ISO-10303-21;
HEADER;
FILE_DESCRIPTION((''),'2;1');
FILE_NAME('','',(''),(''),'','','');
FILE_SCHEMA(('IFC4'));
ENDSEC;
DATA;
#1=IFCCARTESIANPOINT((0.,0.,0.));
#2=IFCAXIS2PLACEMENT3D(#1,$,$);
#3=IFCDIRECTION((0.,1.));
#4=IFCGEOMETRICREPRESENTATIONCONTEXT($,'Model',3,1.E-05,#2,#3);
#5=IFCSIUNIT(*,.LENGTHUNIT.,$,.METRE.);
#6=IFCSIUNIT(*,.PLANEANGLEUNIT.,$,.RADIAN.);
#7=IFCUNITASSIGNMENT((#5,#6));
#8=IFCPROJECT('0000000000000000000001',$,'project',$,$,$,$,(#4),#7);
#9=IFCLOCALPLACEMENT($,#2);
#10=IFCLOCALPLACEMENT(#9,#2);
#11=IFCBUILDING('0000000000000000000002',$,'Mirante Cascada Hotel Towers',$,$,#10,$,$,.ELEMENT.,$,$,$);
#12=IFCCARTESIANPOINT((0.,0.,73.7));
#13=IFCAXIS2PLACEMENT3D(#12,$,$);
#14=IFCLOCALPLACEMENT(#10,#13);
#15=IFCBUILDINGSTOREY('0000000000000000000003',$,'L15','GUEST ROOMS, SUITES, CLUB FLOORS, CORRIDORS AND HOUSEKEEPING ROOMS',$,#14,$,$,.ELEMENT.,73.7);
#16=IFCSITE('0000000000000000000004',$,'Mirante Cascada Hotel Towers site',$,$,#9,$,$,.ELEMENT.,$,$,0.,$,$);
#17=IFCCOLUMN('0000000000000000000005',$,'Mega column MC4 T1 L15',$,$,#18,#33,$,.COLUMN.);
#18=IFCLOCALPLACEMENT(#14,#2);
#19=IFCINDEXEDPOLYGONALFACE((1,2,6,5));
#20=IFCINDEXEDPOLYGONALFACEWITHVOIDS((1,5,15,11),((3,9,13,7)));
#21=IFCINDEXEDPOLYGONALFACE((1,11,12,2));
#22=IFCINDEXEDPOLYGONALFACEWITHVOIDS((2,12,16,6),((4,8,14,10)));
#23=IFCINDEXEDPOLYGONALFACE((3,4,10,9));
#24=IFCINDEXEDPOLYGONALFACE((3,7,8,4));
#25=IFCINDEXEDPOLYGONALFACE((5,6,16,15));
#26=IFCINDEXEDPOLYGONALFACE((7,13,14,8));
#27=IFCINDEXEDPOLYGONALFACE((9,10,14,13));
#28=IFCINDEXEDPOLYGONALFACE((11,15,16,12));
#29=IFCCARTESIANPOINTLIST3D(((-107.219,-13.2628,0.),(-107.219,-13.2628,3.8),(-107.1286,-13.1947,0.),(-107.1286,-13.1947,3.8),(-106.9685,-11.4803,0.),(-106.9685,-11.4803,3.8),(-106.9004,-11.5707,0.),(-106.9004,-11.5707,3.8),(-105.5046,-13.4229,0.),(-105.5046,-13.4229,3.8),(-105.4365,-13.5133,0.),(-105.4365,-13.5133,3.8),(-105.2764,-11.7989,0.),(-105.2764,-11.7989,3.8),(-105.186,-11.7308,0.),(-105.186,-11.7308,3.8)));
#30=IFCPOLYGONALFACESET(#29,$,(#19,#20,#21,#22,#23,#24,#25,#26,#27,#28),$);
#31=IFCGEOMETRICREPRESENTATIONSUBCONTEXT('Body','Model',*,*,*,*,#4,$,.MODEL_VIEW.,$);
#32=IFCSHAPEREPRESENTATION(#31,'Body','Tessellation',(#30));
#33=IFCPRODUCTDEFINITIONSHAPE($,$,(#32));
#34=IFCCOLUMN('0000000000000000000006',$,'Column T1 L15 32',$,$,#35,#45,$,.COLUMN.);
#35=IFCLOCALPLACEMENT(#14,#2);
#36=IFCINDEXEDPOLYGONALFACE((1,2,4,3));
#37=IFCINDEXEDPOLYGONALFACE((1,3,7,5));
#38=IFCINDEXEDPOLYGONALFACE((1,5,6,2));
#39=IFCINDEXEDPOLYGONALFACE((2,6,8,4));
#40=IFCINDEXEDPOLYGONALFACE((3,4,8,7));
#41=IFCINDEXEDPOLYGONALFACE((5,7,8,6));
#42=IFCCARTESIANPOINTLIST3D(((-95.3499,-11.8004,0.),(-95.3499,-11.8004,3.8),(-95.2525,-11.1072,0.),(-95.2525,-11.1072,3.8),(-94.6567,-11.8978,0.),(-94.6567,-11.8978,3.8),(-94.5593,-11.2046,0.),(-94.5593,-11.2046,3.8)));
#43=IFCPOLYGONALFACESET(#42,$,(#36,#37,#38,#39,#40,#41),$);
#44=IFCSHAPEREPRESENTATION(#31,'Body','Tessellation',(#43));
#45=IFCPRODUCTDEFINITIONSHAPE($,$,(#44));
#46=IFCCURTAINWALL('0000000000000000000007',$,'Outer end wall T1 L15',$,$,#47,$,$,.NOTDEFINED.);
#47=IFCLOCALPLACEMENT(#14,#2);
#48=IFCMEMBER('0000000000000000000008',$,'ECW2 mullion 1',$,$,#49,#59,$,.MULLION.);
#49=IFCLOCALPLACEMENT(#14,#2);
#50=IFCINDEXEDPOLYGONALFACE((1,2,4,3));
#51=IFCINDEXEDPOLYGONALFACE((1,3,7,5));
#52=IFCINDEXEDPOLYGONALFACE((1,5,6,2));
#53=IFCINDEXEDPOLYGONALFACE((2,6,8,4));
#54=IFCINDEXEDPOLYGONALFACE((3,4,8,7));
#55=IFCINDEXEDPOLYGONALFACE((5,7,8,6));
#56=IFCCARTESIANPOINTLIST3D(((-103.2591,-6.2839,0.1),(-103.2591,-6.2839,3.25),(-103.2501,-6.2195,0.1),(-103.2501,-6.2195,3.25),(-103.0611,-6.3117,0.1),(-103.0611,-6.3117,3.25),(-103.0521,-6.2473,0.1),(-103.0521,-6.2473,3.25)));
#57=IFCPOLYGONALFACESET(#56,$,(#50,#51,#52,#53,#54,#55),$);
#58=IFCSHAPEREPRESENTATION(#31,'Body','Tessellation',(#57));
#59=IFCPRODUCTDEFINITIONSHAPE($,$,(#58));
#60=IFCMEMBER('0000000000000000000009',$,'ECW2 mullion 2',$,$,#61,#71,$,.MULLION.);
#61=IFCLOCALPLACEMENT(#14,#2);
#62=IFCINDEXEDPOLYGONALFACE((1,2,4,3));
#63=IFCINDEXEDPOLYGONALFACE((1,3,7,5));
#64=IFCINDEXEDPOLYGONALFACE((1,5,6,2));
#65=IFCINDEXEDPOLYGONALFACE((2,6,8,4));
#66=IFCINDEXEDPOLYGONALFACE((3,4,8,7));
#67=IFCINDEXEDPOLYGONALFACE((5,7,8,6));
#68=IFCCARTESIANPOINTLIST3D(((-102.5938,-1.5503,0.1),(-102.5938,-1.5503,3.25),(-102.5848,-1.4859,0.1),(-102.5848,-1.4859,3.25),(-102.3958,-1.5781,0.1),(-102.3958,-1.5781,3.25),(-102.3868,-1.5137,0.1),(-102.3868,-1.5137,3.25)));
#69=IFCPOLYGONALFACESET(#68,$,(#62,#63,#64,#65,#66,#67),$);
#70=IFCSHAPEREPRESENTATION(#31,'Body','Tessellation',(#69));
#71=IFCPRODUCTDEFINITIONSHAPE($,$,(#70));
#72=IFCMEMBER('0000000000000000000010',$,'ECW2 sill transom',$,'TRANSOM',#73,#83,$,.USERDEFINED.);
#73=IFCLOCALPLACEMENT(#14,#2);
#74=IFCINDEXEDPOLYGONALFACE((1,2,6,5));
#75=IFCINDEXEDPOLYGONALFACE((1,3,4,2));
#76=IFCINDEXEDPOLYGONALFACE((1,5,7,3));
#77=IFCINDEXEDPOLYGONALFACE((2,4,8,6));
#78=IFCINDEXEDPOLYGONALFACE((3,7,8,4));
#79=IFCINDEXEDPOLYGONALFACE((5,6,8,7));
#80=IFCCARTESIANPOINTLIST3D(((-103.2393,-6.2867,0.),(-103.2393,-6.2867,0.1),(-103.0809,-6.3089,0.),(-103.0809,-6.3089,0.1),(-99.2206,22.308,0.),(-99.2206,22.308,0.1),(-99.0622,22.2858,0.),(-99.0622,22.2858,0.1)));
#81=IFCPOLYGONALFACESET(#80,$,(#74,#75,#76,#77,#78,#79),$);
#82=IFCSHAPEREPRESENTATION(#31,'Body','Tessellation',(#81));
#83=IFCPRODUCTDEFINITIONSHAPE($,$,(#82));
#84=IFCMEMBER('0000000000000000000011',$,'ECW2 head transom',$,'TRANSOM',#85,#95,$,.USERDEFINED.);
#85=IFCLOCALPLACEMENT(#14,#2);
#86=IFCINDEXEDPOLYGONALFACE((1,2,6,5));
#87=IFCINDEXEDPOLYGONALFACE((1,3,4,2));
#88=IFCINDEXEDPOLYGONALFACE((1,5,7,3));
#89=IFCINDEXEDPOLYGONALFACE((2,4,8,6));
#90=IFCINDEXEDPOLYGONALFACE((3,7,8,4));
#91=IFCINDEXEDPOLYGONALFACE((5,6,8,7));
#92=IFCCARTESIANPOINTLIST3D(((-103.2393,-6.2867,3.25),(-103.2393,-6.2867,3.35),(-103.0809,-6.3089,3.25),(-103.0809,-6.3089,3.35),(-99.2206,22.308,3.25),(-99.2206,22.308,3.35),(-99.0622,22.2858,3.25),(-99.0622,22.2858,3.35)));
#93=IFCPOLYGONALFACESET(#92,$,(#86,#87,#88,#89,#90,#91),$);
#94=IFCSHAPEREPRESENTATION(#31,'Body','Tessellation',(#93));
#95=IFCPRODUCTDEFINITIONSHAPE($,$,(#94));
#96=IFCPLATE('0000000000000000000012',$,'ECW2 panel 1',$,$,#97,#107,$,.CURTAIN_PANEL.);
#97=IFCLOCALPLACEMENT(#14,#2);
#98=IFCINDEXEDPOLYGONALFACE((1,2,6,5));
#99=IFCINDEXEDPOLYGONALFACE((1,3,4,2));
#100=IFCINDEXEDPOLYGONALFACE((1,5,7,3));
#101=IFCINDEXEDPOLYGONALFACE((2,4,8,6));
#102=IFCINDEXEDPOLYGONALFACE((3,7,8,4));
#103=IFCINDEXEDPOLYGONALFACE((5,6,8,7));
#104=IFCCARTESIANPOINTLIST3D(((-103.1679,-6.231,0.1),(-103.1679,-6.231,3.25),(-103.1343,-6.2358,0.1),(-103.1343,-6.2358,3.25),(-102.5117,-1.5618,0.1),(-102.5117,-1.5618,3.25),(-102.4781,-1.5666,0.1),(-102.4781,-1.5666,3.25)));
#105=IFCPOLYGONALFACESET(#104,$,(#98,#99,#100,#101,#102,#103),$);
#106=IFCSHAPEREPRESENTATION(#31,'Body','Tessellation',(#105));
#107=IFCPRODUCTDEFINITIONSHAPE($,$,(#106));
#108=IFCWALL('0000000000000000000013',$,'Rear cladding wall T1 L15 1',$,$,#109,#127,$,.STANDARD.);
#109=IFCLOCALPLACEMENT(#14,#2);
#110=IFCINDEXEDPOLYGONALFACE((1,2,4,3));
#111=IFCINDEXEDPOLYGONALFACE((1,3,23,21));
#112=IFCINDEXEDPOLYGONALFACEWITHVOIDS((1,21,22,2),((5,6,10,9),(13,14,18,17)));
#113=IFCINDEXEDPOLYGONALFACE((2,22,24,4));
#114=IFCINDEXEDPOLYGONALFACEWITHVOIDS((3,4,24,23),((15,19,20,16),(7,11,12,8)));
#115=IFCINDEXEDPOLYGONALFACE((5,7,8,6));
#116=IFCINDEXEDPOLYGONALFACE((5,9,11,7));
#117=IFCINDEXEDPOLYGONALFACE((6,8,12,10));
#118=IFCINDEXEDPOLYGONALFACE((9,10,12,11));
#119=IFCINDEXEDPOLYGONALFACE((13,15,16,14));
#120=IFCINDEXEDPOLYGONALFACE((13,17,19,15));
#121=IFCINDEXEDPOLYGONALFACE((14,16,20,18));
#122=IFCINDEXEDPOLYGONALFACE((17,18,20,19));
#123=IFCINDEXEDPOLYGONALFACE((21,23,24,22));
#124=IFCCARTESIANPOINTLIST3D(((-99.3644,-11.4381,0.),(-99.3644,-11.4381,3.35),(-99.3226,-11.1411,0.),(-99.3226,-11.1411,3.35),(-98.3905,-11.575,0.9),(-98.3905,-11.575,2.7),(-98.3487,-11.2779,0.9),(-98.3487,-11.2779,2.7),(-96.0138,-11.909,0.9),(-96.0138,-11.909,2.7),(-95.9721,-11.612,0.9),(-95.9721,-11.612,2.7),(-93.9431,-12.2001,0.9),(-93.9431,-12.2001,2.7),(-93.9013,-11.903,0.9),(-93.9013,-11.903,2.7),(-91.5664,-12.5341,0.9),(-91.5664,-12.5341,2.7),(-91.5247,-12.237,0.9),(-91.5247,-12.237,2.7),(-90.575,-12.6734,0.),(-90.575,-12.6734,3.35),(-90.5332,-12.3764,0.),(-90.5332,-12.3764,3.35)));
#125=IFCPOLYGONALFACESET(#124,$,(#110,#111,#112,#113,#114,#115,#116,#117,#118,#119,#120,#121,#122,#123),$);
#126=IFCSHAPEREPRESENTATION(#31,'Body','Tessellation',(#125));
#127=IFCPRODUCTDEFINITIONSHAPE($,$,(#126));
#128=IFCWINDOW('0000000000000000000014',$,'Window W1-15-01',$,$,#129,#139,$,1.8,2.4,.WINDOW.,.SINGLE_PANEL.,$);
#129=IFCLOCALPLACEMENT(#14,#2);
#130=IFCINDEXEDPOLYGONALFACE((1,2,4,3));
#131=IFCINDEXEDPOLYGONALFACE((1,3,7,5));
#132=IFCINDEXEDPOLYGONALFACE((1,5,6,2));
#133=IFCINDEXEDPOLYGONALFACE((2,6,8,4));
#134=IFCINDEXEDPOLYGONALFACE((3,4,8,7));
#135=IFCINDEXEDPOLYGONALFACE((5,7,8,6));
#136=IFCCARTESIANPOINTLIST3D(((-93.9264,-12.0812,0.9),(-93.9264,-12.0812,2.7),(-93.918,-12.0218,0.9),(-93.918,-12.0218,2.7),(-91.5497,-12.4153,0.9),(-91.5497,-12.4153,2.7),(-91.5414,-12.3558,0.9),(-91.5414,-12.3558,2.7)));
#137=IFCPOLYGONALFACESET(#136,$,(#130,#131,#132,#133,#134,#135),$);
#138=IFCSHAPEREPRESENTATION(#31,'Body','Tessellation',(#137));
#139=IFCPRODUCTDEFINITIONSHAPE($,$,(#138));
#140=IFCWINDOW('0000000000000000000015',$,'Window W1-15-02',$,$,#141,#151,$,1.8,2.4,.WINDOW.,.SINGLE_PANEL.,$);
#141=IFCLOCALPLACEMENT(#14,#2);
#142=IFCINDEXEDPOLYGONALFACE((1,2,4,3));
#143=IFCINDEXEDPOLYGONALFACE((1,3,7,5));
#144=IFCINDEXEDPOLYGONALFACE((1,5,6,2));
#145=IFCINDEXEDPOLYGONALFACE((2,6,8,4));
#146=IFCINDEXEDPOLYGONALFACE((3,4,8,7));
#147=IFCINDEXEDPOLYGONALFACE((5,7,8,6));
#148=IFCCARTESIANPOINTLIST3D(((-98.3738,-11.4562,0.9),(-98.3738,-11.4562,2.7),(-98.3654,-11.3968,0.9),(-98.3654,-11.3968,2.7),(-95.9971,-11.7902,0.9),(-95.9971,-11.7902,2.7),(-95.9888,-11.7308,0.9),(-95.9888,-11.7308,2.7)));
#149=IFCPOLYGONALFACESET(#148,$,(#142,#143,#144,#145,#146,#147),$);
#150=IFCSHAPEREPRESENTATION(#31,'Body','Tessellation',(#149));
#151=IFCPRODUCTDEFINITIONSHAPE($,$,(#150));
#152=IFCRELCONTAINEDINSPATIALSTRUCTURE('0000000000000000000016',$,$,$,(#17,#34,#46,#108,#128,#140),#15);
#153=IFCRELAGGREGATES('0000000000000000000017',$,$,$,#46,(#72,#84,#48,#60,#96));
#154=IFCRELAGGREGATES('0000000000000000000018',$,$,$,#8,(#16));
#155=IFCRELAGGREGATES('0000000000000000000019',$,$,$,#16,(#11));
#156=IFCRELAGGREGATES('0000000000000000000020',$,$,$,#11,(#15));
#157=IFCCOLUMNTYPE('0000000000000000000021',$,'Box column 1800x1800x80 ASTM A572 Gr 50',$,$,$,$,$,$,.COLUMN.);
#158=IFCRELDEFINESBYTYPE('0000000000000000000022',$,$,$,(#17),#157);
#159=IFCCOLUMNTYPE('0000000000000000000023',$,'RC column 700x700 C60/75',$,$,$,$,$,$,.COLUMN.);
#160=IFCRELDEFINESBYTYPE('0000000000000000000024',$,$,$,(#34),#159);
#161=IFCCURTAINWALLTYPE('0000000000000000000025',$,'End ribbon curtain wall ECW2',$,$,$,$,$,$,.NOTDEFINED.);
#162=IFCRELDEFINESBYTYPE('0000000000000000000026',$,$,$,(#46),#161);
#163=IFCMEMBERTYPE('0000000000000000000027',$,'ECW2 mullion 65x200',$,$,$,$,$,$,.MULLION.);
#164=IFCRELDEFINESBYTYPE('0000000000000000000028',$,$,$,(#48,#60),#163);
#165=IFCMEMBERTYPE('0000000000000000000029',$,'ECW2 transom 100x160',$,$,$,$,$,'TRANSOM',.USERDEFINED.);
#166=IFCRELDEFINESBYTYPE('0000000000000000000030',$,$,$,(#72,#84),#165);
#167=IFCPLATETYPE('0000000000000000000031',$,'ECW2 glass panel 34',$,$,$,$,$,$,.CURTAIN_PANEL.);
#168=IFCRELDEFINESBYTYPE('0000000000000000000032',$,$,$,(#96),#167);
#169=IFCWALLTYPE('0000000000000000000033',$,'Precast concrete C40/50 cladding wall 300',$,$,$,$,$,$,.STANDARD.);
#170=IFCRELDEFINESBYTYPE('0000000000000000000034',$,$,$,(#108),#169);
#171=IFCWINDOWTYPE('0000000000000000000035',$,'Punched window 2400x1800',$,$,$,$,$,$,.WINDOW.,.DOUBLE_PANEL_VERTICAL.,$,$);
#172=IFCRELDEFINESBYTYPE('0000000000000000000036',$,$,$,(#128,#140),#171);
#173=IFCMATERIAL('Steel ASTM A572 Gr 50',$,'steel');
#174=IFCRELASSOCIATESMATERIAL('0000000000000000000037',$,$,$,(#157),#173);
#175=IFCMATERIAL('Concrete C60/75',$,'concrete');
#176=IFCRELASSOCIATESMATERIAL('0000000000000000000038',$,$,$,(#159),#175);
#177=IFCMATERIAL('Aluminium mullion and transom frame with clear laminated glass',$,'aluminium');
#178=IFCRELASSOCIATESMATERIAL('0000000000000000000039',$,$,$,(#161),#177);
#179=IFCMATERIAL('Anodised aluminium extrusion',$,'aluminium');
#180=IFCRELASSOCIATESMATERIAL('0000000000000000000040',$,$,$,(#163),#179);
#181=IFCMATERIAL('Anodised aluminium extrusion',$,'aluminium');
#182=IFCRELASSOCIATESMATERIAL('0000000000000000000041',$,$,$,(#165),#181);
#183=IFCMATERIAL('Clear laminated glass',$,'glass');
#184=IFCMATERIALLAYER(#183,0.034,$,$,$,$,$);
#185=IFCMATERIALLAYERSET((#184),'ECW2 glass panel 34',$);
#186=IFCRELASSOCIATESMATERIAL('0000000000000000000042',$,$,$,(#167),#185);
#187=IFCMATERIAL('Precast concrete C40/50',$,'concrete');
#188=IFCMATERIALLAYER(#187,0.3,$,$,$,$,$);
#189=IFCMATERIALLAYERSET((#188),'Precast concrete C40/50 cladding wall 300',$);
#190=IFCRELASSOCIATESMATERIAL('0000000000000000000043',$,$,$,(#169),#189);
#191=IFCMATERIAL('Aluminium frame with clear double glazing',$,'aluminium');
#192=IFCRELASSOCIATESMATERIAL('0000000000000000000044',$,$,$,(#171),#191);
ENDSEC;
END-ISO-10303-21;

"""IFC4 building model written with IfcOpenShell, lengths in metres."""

from ifc_helpers import new_model, si_unit, direction, frame, frame_2d, origin, origin_2d, place, context, subcontext, project, spatial, rectangle, hollow_rectangle, extrude, material, layer, layer_set, material_profile, profile_set, type_object, element, fill, aggregate, save


model = new_model("IFC4")

# Units and contexts
model_context = context("Model", 3, precision=1e-05, world=origin(), true_north=direction((0.0, 1.0)))
body_context = subcontext(model_context, "Body", "Model", "MODEL_VIEW")
ifc_project = project(units=[si_unit("LENGTHUNIT", "METRE"), si_unit("PLANEANGLEUNIT", "RADIAN")], contexts=[model_context])

# Site, building, storey
site_placement = place(None, origin())
site = spatial("IfcSite", under=ifc_project, at=site_placement, Name="Mirante Cascada Hotel Towers site", CompositionType="ELEMENT", RefElevation=0.0)
building_placement = place(site_placement, origin())
building = spatial("IfcBuilding", under=site, at=building_placement, Name="Mirante Cascada Hotel Towers", CompositionType="ELEMENT")
storey_placement = place(building_placement, frame((0.0, 0.0, 73.7)))
storey = spatial("IfcBuildingStorey", under=building, at=storey_placement, Name="L15", Description="GUEST ROOMS, SUITES, CLUB FLOORS, CORRIDORS AND HOUSEKEEPING ROOMS", CompositionType="ELEMENT", Elevation=73.7)

# Columns
ifc_material_1 = material(Name="Steel ASTM A572 Gr 50", Category="steel")
ifc_material_profile_1 = material_profile(ifc_material_1, hollow_rectangle(XDim=1.8, YDim=1.8, WallThickness=0.08, at=origin_2d()), Name="Box column 1800x1800x80 ASTM A572 Gr 50")
ifc_profile_set_1 = profile_set([ifc_material_profile_1], Name="Steel ASTM A572 Gr 50")
column_type_1 = type_object("IfcColumnType", Name="Box column 1800x1800x80 ASTM A572 Gr 50", PredefinedType="COLUMN", material=ifc_profile_set_1)
column_1_placement = place(storey_placement, frame((-106.2025, -12.4968, 0.0), z_axis=(0.0, 0.0, 1.0), x_axis=(-0.990268, 0.139173, 0.0)))
element("IfcColumn", 1, at=column_1_placement, inside=storey, type_object=column_type_1, Name="Mega column MC4 T1 L15", PredefinedType="COLUMN", context=body_context, shape_type="SweptSolid", body=[
    extrude(hollow_rectangle(XDim=1.8, YDim=1.8, WallThickness=0.08, at=origin_2d()), origin(), (0.0, 0.0, 1.0), 3.8),
])
ifc_material_2 = material(Name="Concrete C60/75", Category="concrete")
ifc_material_profile_2 = material_profile(ifc_material_2, rectangle(XDim=0.7, YDim=0.7, at=origin_2d()), Name="RC column 700x700 C60/75")
ifc_profile_set_2 = profile_set([ifc_material_profile_2], Name="Concrete C60/75")
column_type_2 = type_object("IfcColumnType", Name="RC column 700x700 C60/75", PredefinedType="COLUMN", material=ifc_profile_set_2)
column_2_placement = place(storey_placement, frame((-94.9546, -11.5025, 0.0), z_axis=(0.0, 0.0, 1.0), x_axis=(-0.990268, 0.139173, 0.0)))
element("IfcColumn", 2, at=column_2_placement, inside=storey, type_object=column_type_2, Name="Column T1 L15 32", PredefinedType="COLUMN", context=body_context, shape_type="SweptSolid", body=[
    extrude(rectangle(XDim=0.7, YDim=0.7, at=origin_2d()), origin(), (0.0, 0.0, 1.0), 3.8),
])

# Curtain wall, members, plate
ifc_material_3 = material(Name="Aluminium mullion and transom frame with clear laminated glass", Category="aluminium")
curtain_wall_type = type_object("IfcCurtainWallType", Name="End ribbon curtain wall ECW2", PredefinedType="NOTDEFINED", material=ifc_material_3)
curtain_wall_placement = place(storey_placement, origin())
curtain_wall = element("IfcCurtainWall", 3, at=curtain_wall_placement, inside=storey, type_object=curtain_wall_type, Name="Outer end wall T1 L15", PredefinedType="NOTDEFINED")
ifc_material_4 = material(Name="Anodised aluminium extrusion", Category="aluminium")
ifc_material_profile_3 = material_profile(ifc_material_4, rectangle(XDim=0.2, YDim=0.065, at=origin_2d()), Name="ECW2 MULLION 65x200")
ifc_profile_set_3 = profile_set([ifc_material_profile_3], Name="Anodised aluminium extrusion")
member_type_1 = type_object("IfcMemberType", Name="ECW2 mullion 65x200", PredefinedType="MULLION", material=ifc_profile_set_3)
member_1_placement = place(storey_placement, frame((-103.1556, -6.2656, 0.1), z_axis=(0.0, 0.0, 1.0), x_axis=(-0.990268, 0.139173, 0.0)))
member_1 = element("IfcMember", 4, at=member_1_placement, type_object=member_type_1, Name="ECW2 mullion 1", PredefinedType="MULLION", context=body_context, shape_type="SweptSolid", body=[
    extrude(rectangle(XDim=0.2, YDim=0.065, at=origin_2d()), origin(), (0.0, 0.0, 1.0), 3.15),
])
member_2_placement = place(storey_placement, frame((-102.4903, -1.532, 0.1), z_axis=(0.0, 0.0, 1.0), x_axis=(-0.990268, 0.139173, 0.0)))
member_2 = element("IfcMember", 5, at=member_2_placement, type_object=member_type_1, Name="ECW2 mullion 2", PredefinedType="MULLION", context=body_context, shape_type="SweptSolid", body=[
    extrude(rectangle(XDim=0.2, YDim=0.065, at=origin_2d()), origin(), (0.0, 0.0, 1.0), 3.15),
])
ifc_material_5 = material(Name="Anodised aluminium extrusion", Category="aluminium")
ifc_material_profile_4 = material_profile(ifc_material_5, rectangle(XDim=0.16, YDim=0.1, at=origin_2d()), Name="ECW2 TRANSOM 100x160")
ifc_profile_set_4 = profile_set([ifc_material_profile_4], Name="Anodised aluminium extrusion")
member_type_2 = type_object("IfcMemberType", Name="ECW2 transom 100x160", ElementType="TRANSOM", PredefinedType="USERDEFINED", material=ifc_profile_set_4)
member_3_placement = place(storey_placement, frame((-103.1601, -6.2978, 0.05), z_axis=(0.139172, 0.990268, 0.0), x_axis=(-0.990268, 0.139172, 0.0)))
member_3 = element("IfcMember", 6, at=member_3_placement, type_object=member_type_2, Name="ECW2 sill transom", ObjectType="TRANSOM", PredefinedType="USERDEFINED", context=body_context, shape_type="SweptSolid", body=[
    extrude(rectangle(XDim=0.16, YDim=0.1, at=origin_2d()), origin(), (0.0, 0.0, 1.0), 28.8757),
])
member_4_placement = place(storey_placement, frame((-103.1601, -6.2978, 3.3), z_axis=(0.139172, 0.990268, 0.0), x_axis=(-0.990268, 0.139172, 0.0)))
member_4 = element("IfcMember", 7, at=member_4_placement, type_object=member_type_2, Name="ECW2 head transom", ObjectType="TRANSOM", PredefinedType="USERDEFINED", context=body_context, shape_type="SweptSolid", body=[
    extrude(rectangle(XDim=0.16, YDim=0.1, at=origin_2d()), origin(), (0.0, 0.0, 1.0), 28.8757),
])
ifc_material_6 = material(Name="Clear laminated glass", Category="glass")
ifc_layer_1 = layer(ifc_material_6, 0.034)
ifc_layer_set_1 = layer_set([ifc_layer_1], Name="ECW2 glass panel 34")
plate_type = type_object("IfcPlateType", Name="ECW2 glass panel 34", PredefinedType="CURTAIN_PANEL", material=ifc_layer_set_1)
plate_placement = place(storey_placement, frame((-102.823, -3.8988, 0.1), z_axis=(0.0, 0.0, 1.0), x_axis=(0.139173, 0.990268, 0.0)))
plate = element("IfcPlate", 8, at=plate_placement, type_object=plate_type, Name="ECW2 panel 1", PredefinedType="CURTAIN_PANEL", context=body_context, shape_type="SweptSolid", body=[
    extrude(rectangle(XDim=4.7151, YDim=0.034, at=origin_2d()), origin(), (0.0, 0.0, 1.0), 3.15),
])
aggregate(curtain_wall, [member_3, member_4, member_1, member_2, plate])

# Wall, openings, windows
ifc_material_7 = material(Name="Precast concrete C40/50", Category="concrete")
ifc_layer_2 = layer(ifc_material_7, 0.3)
ifc_layer_set_2 = layer_set([ifc_layer_2], Name="Precast concrete C40/50 cladding wall 300")
wall_type_1 = type_object("IfcWallType", Name="Precast concrete C40/50 cladding wall 300", PredefinedType="STANDARD", material=ifc_layer_set_2)
wall_1_placement = place(storey_placement, frame((-90.5541, -12.5249, 0.0), z_axis=(0.0, 0.0, 1.0), x_axis=(-0.990268, 0.139177, 0.0)))
wall_1 = element("IfcWall", 9, at=wall_1_placement, inside=storey, type_object=wall_type_1, Name="Rear cladding wall T1 L15 1", PredefinedType="STANDARD", context=body_context, shape_type="SweptSolid", body=[
    extrude(rectangle(XDim=8.8758, YDim=0.3, at=frame_2d((4.4379, 0.0))), origin(), (0.0, 0.0, 1.0), 3.35),
])
opening_1_placement = place(wall_1_placement, frame((1.0012, 0.0, 0.9)))
opening_1 = element("IfcOpeningElement", 10, at=opening_1_placement, cuts=wall_1, PredefinedType="OPENING", context=body_context, shape_type="SweptSolid", body=[
    extrude(rectangle(XDim=2.4, YDim=1.8, at=frame_2d((1.2, 0.9))), frame((0.0, 0.15, 0.0), z_axis=(0.0, -1.0, 0.0), x_axis=(1.0, 0.0, 0.0)), (0.0, 0.0, 1.0), 0.3),
])
opening_2_placement = place(wall_1_placement, frame((5.4923, 0.0, 0.9)))
opening_2 = element("IfcOpeningElement", 11, at=opening_2_placement, cuts=wall_1, PredefinedType="OPENING", context=body_context, shape_type="SweptSolid", body=[
    extrude(rectangle(XDim=2.4, YDim=1.8, at=frame_2d((1.2, 0.9))), frame((0.0, 0.15, 0.0), z_axis=(0.0, -1.0, 0.0), x_axis=(1.0, 0.0, 0.0)), (0.0, 0.0, 1.0), 0.3),
])
ifc_material_8 = material(Name="Aluminium frame with clear double glazing", Category="aluminium")
window_type_1 = type_object("IfcWindowType", Name="Punched window 2400x1800", PartitioningType="DOUBLE_PANEL_VERTICAL", PredefinedType="WINDOW", material=ifc_material_8)
window_1_placement = place(opening_1_placement, origin())
window_1 = element("IfcWindow", 12, at=window_1_placement, inside=storey, type_object=window_type_1, Name="Window W1-15-01", OverallHeight=1.8, OverallWidth=2.4, PartitioningType="SINGLE_PANEL", PredefinedType="WINDOW", context=body_context, shape_type="SweptSolid", body=[
    extrude(rectangle(XDim=2.4, YDim=1.8, at=frame_2d((1.2, 0.9))), frame((0.0, 0.03, 0.0), z_axis=(0.0, -1.0, 0.0), x_axis=(1.0, 0.0, 0.0)), (0.0, 0.0, 1.0), 0.06),
])
fill(opening_1, window_1)
window_2_placement = place(opening_2_placement, origin())
window_2 = element("IfcWindow", 13, at=window_2_placement, inside=storey, type_object=window_type_1, Name="Window W1-15-02", OverallHeight=1.8, OverallWidth=2.4, PartitioningType="SINGLE_PANEL", PredefinedType="WINDOW", context=body_context, shape_type="SweptSolid", body=[
    extrude(rectangle(XDim=2.4, YDim=1.8, at=frame_2d((1.2, 0.9))), frame((0.0, 0.03, 0.0), z_axis=(0.0, -1.0, 0.0), x_axis=(1.0, 0.0, 0.0)), (0.0, 0.0, 1.0), 0.06),
])
fill(opening_2, window_2)

save(model, "model.ifc")
